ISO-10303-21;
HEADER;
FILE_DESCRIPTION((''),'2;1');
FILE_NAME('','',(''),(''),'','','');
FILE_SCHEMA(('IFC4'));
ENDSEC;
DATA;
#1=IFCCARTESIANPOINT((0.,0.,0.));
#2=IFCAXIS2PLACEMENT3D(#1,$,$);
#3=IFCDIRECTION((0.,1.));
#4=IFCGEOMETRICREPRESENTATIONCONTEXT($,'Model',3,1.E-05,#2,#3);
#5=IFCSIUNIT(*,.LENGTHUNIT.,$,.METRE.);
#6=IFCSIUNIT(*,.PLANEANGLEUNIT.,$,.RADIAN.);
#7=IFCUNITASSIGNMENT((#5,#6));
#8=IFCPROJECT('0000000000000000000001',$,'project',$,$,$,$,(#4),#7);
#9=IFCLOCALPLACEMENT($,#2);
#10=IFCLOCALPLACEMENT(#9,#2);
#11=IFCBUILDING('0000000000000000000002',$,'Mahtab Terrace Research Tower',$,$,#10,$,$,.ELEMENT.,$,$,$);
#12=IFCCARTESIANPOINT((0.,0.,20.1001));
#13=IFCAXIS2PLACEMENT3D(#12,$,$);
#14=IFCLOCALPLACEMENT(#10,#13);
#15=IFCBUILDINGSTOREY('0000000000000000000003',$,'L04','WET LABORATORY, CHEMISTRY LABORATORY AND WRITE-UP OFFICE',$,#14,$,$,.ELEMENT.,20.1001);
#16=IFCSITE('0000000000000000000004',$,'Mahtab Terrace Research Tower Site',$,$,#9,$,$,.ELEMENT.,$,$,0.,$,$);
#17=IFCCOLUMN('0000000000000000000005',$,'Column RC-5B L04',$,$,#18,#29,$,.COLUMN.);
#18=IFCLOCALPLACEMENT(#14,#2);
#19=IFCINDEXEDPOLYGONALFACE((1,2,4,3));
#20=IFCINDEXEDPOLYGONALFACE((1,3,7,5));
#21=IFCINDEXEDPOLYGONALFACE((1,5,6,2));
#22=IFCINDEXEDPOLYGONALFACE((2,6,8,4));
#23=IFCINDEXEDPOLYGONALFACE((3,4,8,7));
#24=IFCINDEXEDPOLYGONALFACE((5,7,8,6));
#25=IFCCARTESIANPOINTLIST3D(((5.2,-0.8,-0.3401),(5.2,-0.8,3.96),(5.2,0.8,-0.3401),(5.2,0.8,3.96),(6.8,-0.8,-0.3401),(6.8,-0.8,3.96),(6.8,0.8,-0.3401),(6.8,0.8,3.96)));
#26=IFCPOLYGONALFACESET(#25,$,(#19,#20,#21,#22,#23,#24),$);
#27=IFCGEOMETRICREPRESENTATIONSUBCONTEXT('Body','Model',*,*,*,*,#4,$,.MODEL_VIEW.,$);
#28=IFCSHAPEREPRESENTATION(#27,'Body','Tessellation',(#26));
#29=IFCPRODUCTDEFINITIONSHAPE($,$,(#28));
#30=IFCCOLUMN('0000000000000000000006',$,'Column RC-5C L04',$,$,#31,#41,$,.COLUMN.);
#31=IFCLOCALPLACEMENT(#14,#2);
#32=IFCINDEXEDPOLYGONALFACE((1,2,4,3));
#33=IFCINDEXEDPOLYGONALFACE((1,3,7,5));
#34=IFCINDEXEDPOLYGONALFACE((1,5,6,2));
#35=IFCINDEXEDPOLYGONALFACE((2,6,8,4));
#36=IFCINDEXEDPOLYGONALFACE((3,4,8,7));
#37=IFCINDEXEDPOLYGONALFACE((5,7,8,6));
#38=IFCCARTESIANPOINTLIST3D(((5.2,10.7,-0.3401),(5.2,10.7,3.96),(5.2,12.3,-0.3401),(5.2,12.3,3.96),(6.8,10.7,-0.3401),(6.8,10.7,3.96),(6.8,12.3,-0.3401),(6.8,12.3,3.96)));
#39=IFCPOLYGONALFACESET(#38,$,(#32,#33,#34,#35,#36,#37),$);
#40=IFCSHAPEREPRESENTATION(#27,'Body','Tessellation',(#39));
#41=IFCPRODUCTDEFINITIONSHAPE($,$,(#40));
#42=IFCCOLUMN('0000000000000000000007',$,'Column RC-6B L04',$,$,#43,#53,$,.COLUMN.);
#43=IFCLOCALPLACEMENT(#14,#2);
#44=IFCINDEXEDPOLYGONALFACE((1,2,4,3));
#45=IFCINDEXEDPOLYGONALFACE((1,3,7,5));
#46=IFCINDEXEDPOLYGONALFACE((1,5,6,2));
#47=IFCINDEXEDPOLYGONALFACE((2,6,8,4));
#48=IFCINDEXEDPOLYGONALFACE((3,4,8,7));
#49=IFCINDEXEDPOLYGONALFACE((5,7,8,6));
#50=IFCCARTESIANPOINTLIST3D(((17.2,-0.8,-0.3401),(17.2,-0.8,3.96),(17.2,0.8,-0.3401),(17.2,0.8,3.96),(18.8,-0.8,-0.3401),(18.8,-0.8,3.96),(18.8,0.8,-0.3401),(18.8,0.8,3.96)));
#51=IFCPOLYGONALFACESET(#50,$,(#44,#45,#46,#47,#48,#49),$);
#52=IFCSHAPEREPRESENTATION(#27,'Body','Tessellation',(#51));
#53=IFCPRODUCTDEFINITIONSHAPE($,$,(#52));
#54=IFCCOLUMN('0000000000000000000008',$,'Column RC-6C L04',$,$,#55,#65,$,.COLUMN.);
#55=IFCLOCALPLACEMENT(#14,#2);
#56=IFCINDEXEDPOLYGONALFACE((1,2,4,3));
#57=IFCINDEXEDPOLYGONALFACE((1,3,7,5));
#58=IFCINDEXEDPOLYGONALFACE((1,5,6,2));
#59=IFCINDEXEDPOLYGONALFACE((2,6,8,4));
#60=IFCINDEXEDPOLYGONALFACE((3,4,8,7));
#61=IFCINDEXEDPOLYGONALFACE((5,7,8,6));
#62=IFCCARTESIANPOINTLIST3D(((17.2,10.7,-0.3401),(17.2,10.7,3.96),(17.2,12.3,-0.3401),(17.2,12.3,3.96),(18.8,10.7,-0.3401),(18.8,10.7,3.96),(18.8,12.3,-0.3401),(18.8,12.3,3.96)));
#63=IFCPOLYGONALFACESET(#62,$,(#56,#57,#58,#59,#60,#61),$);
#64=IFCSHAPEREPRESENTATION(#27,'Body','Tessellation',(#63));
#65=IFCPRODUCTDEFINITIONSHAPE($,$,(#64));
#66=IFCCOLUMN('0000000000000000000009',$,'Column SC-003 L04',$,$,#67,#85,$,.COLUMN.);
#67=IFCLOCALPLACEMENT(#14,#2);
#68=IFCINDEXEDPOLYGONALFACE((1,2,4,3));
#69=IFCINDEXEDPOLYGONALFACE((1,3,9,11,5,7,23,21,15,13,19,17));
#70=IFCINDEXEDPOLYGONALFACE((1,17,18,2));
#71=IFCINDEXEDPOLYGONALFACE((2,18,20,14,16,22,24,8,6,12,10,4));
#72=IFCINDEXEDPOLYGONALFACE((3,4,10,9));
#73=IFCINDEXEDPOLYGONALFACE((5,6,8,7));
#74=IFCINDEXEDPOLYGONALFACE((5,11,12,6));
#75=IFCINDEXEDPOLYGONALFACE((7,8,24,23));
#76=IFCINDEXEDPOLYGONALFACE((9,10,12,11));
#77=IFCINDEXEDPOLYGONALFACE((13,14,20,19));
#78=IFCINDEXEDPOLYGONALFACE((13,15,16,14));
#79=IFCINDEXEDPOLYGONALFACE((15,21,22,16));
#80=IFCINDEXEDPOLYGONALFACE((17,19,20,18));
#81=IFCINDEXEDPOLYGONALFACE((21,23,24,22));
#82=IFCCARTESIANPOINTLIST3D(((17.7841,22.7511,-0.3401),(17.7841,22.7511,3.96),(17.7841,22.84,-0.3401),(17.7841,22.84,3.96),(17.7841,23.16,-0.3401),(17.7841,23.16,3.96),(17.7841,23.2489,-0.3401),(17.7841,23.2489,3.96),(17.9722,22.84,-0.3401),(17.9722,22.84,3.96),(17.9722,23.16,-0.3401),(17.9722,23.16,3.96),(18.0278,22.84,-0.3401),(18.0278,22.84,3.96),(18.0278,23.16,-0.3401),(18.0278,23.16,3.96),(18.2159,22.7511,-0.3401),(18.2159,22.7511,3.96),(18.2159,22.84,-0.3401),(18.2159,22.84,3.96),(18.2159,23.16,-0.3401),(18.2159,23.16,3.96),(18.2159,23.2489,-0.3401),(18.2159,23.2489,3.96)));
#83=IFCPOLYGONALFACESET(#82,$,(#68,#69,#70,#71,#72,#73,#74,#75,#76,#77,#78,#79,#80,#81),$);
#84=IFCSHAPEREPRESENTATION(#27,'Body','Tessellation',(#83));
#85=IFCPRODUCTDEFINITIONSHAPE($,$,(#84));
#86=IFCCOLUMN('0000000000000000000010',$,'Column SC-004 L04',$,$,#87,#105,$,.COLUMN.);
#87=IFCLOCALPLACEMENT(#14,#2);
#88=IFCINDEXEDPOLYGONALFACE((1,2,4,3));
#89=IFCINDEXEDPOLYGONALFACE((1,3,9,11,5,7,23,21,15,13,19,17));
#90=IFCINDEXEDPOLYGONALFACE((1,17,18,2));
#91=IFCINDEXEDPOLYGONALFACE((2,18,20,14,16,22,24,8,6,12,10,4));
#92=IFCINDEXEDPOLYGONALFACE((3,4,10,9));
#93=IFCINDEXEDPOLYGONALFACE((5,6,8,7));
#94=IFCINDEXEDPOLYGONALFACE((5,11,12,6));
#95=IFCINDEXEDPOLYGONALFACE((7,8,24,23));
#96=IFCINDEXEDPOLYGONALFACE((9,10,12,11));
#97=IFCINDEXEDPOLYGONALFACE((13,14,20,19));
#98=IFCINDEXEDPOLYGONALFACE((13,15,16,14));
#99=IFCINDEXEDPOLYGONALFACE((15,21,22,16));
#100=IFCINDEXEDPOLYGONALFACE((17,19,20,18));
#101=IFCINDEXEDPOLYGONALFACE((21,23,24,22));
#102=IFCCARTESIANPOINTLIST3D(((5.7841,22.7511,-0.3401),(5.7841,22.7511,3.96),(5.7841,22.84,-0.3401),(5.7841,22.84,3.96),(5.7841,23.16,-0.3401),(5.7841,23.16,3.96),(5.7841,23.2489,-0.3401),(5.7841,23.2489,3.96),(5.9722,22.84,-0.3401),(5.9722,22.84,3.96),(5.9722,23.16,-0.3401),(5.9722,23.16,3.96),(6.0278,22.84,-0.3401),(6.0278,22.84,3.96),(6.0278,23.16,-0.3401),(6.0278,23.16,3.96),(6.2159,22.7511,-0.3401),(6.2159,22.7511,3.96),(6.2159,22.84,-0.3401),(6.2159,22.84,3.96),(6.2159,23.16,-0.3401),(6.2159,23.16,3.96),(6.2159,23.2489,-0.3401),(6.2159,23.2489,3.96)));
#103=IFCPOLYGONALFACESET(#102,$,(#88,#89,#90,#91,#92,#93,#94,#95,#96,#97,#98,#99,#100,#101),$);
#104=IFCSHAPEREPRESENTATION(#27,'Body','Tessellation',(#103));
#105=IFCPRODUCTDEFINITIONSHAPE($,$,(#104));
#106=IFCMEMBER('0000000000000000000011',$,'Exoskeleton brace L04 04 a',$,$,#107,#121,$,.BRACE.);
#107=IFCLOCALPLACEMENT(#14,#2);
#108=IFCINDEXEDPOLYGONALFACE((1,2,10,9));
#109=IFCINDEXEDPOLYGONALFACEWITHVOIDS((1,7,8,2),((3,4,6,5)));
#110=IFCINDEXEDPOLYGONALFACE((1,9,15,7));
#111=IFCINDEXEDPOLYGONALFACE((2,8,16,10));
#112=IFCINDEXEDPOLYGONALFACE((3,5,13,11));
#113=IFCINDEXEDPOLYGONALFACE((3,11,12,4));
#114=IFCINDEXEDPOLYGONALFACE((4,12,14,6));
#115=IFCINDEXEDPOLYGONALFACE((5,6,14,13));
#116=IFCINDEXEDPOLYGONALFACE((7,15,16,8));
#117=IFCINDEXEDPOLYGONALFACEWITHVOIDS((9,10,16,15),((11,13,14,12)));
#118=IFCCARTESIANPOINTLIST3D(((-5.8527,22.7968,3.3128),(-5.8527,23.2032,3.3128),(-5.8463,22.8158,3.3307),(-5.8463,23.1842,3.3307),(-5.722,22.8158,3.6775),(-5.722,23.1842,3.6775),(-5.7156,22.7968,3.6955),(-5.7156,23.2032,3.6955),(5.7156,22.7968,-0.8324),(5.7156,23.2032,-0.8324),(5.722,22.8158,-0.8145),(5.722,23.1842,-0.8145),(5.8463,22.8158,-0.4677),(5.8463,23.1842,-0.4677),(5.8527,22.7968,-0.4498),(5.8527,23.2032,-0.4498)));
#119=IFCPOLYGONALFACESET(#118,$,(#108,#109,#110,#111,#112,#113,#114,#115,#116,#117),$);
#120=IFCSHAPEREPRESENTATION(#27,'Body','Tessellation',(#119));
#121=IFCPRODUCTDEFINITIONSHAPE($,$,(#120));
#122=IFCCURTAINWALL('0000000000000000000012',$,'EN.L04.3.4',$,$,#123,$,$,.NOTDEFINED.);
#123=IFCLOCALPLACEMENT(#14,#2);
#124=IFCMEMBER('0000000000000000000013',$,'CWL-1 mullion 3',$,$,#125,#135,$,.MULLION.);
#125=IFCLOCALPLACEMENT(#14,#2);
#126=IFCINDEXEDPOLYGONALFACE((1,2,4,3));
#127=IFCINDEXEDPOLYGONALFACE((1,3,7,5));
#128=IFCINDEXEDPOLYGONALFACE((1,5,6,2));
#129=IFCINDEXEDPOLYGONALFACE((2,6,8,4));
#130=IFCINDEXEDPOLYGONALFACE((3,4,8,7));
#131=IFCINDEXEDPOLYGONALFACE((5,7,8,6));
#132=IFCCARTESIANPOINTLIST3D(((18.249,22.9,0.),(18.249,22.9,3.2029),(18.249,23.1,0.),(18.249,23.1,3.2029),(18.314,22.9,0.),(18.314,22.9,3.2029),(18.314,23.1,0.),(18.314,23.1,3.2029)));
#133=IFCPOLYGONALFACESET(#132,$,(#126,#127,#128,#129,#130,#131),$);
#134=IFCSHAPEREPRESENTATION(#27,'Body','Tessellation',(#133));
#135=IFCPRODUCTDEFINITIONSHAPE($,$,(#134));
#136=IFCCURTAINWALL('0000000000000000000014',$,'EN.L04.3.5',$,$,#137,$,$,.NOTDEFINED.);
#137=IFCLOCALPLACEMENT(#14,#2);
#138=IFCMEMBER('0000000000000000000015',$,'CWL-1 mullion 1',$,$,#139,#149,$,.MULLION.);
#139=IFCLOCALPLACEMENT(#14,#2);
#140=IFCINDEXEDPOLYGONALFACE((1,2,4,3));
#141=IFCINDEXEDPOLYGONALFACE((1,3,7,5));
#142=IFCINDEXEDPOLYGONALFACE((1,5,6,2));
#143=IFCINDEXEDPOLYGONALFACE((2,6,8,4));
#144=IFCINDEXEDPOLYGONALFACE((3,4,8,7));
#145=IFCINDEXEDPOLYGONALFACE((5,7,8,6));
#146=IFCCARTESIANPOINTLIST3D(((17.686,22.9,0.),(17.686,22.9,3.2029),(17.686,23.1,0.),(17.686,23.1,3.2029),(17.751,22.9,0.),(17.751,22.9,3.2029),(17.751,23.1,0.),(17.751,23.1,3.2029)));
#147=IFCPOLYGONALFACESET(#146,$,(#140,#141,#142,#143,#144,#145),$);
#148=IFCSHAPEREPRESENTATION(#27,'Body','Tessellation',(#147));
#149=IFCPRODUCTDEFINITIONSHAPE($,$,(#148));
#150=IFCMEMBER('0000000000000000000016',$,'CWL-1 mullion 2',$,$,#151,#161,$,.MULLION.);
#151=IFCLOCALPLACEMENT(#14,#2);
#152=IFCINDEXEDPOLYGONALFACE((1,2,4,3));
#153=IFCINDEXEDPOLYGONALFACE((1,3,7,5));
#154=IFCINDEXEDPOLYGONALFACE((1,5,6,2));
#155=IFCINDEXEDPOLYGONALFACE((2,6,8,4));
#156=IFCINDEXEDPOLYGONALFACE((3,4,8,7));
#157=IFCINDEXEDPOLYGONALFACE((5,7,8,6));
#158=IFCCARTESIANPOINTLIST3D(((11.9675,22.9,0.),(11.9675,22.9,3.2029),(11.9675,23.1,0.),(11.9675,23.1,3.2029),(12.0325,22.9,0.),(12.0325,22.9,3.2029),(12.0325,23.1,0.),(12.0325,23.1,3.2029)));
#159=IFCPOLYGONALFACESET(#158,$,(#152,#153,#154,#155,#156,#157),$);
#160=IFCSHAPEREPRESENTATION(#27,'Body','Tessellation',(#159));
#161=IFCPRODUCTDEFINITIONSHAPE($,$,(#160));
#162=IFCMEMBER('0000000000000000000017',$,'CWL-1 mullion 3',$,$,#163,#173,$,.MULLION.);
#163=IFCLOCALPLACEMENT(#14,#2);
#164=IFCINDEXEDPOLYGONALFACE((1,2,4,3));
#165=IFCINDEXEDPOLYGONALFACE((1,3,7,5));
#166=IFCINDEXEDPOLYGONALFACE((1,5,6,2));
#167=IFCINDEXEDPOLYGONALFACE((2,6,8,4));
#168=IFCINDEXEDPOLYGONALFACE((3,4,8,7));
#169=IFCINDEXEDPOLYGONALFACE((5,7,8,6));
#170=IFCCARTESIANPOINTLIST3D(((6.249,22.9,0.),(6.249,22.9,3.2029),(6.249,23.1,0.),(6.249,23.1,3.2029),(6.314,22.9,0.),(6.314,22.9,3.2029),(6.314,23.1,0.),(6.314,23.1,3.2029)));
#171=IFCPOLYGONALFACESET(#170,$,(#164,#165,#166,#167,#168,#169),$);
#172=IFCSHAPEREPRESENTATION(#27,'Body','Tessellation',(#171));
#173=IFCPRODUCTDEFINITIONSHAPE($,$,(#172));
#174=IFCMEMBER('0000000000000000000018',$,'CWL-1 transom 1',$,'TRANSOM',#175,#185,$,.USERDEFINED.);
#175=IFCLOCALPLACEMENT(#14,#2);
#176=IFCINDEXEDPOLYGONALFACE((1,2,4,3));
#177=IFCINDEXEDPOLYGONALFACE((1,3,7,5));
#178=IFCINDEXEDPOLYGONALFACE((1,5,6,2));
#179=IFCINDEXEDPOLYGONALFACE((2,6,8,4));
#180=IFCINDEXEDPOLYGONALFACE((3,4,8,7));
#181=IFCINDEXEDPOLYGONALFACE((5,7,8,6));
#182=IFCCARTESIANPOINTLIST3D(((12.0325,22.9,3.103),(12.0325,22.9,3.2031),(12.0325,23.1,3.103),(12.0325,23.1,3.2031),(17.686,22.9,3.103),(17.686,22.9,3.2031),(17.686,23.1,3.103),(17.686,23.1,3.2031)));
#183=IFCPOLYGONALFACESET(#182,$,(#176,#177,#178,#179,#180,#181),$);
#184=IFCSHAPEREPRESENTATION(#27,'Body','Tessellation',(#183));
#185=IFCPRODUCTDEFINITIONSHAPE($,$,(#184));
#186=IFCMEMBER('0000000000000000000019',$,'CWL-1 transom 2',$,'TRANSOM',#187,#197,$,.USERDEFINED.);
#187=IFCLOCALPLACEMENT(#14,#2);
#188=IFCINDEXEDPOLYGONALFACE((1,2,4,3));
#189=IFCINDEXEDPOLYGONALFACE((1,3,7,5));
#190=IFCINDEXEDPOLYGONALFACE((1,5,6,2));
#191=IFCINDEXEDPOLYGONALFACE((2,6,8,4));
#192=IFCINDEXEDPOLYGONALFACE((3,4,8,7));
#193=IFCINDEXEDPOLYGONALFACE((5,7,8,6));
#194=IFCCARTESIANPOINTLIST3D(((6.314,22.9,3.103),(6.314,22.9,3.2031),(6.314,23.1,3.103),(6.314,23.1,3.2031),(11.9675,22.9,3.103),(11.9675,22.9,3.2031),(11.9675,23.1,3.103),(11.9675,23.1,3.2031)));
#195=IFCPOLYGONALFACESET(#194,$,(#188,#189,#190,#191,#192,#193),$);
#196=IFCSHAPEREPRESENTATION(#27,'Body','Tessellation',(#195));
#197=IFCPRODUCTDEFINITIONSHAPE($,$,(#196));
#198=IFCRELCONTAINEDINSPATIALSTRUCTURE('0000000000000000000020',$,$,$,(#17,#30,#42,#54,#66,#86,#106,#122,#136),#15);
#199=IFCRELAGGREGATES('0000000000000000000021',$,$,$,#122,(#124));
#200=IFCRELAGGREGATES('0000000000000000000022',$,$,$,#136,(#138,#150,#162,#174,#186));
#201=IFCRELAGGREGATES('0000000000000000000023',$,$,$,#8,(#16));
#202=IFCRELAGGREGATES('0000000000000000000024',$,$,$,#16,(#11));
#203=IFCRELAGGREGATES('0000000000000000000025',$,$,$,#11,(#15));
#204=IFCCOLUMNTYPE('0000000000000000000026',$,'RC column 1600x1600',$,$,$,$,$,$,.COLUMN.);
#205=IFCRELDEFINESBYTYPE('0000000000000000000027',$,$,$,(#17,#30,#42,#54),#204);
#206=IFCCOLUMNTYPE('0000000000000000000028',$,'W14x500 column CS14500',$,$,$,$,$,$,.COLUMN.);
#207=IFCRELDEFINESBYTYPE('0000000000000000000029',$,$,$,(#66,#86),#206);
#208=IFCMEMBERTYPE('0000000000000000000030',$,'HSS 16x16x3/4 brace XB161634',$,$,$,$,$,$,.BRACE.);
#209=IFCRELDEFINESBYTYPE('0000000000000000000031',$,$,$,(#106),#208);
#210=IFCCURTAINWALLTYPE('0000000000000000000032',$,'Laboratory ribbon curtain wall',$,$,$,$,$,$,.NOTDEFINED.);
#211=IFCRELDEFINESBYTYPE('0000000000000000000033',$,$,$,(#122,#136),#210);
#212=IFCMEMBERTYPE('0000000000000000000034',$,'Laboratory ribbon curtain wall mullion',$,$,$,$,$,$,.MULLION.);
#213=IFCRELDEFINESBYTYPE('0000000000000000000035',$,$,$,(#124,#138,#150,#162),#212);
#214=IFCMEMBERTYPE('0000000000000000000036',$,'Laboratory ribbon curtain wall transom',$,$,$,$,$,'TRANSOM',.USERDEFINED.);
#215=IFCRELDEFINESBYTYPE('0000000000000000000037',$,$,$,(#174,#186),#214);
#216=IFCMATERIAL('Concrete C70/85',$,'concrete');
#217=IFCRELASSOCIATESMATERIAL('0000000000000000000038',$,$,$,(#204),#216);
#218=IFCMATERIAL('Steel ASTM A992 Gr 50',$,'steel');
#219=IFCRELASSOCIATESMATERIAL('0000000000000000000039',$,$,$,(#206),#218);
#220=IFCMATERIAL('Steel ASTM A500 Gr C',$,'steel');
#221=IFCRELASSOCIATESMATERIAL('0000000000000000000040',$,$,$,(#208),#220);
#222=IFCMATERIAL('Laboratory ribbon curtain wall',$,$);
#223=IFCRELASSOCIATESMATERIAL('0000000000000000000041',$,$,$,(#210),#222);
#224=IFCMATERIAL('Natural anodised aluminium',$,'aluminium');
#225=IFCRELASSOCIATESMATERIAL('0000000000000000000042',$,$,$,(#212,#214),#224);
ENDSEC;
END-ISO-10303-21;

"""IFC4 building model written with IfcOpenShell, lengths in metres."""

from ifc_helpers import new_model, si_unit, direction, frame, origin, origin_2d, place, context, subcontext, project, spatial, rectangle, hollow_rectangle, i_section, extrude, material, material_profile, profile_set, type_object, element, aggregate, save


model = new_model("IFC4")

# Units and contexts
model_context = context("Model", 3, precision=1e-05, world=origin(), true_north=direction((0.0, 1.0)))
body_context = subcontext(model_context, "Body", "Model", "MODEL_VIEW")
ifc_project = project(units=[si_unit("LENGTHUNIT", "METRE"), si_unit("PLANEANGLEUNIT", "RADIAN")], contexts=[model_context])

# Site, building, storey
site_placement = place(None, origin())
site = spatial("IfcSite", under=ifc_project, at=site_placement, Name="Mahtab Terrace Research Tower Site", CompositionType="ELEMENT", RefElevation=0.0)
building_placement = place(site_placement, origin())
building = spatial("IfcBuilding", under=site, at=building_placement, Name="Mahtab Terrace Research Tower", CompositionType="ELEMENT")
storey_placement = place(building_placement, frame((0.0, 0.0, 20.1001)))
storey = spatial("IfcBuildingStorey", under=building, at=storey_placement, Name="L04", Description="WET LABORATORY, CHEMISTRY LABORATORY AND WRITE-UP OFFICE", CompositionType="ELEMENT", Elevation=20.1001)

# Columns
ifc_material_1 = material(Name="Concrete C70/85", Category="concrete")
ifc_material_profile_1 = material_profile(ifc_material_1, rectangle(XDim=1.6001, YDim=1.6001, at=origin_2d()), Name="RC column 1600x1600")
ifc_profile_set_1 = profile_set([ifc_material_profile_1], Name="Concrete C70/85")
column_type_1 = type_object("IfcColumnType", Name="RC column 1600x1600", PredefinedType="COLUMN", material=ifc_profile_set_1)
for number, where, z_axis, x_axis, name in (
    (1, (6.0, 0.0, -0.3401), (0.0, 0.0, 1.0), (1.0, 0.0, 0.0), "Column RC-5B L04"),
    (2, (6.0, 11.5, -0.3401), (0.0, 0.0, 1.0), (1.0, 0.0, 0.0), "Column RC-5C L04"),
    (3, (18.0, 0.0, -0.3401), (0.0, 0.0, 1.0), (1.0, 0.0, 0.0), "Column RC-6B L04"),
    (4, (18.0, 11.5, -0.3401), (0.0, 0.0, 1.0), (1.0, 0.0, 0.0), "Column RC-6C L04"),
):
    element("IfcColumn", number, at=place(storey_placement, frame(where, z_axis=z_axis, x_axis=x_axis)), inside=storey, type_object=column_type_1, Name=name, PredefinedType="COLUMN", context=body_context, shape_type="SweptSolid", body=[
        extrude(rectangle(XDim=1.6001, YDim=1.6001, at=origin_2d()), origin(), (0.0, 0.0, 1.0), 4.3),
    ])
ifc_material_2 = material(Name="Steel ASTM A992 Gr 50", Category="steel")
ifc_material_profile_2 = material_profile(ifc_material_2, i_section(OverallWidth=0.4319, OverallDepth=0.4978, WebThickness=0.0557, FlangeThickness=0.0889, at=origin_2d()), Name="W14X500")
ifc_profile_set_2 = profile_set([ifc_material_profile_2], Name="Steel ASTM A992 Gr 50")
column_type_2 = type_object("IfcColumnType", Name="W14x500 column CS14500", PredefinedType="COLUMN", material=ifc_profile_set_2)
for number, where, z_axis, x_axis, name in (
    (5, (18.0, 23.0, -0.3401), (0.0, 0.0, 1.0), (1.0, 0.0, 0.0), "Column SC-003 L04"),
    (6, (6.0, 23.0, -0.3401), (0.0, 0.0, 1.0), (1.0, 0.0, 0.0), "Column SC-004 L04"),
):
    element("IfcColumn", number, at=place(storey_placement, frame(where, z_axis=z_axis, x_axis=x_axis)), inside=storey, type_object=column_type_2, Name=name, PredefinedType="COLUMN", context=body_context, shape_type="SweptSolid", body=[
        extrude(i_section(OverallWidth=0.4319, OverallDepth=0.4978, WebThickness=0.0557, FlangeThickness=0.0889, at=origin_2d()), origin(), (0.0, 0.0, 1.0), 4.3),
    ])

# Member
ifc_material_3 = material(Name="Steel ASTM A500 Gr C", Category="steel")
ifc_material_profile_3 = material_profile(ifc_material_3, hollow_rectangle(XDim=0.4065, YDim=0.4065, WallThickness=0.019, at=origin_2d()), Name="HSS16X16X3/4")
ifc_profile_set_3 = profile_set([ifc_material_profile_3], Name="Steel ASTM A500 Gr C")
member_type_1 = type_object("IfcMemberType", Name="HSS 16x16x3/4 brace XB161634", PredefinedType="BRACE", material=ifc_profile_set_3)
member_1_placement = place(storey_placement, frame((5.7842, 23.0, -0.6411), z_axis=(-0.941388, 0.0, 0.337325), x_axis=(0.0, -1.0, 0.0)))
element("IfcMember", 7, at=member_1_placement, inside=storey, type_object=member_type_1, Name="Exoskeleton brace L04 04 a", PredefinedType="BRACE", context=body_context, shape_type="SweptSolid", body=[
    extrude(hollow_rectangle(XDim=0.4065, YDim=0.4065, WallThickness=0.019, at=origin_2d()), origin(), (0.0, 0.0, 1.0), 12.2886),
])

# Curtain wall, member
ifc_material_4 = material(Name="Laboratory ribbon curtain wall")
curtain_wall_type = type_object("IfcCurtainWallType", Name="Laboratory ribbon curtain wall", PredefinedType="NOTDEFINED", material=ifc_material_4)
curtain_wall_1_placement = place(storey_placement, origin())
curtain_wall_1 = element("IfcCurtainWall", 8, at=curtain_wall_1_placement, inside=storey, type_object=curtain_wall_type, Name="EN.L04.3.4", PredefinedType="NOTDEFINED")
ifc_material_5 = material(Name="Natural anodised aluminium", Category="aluminium")
ifc_material_profile_4 = material_profile(ifc_material_5, rectangle(XDim=0.2, YDim=0.0649, at=origin_2d()), Name="MULLION 65x200")
ifc_profile_set_4 = profile_set([ifc_material_profile_4], Name="Natural anodised aluminium")
member_type_2 = type_object("IfcMemberType", Name="Laboratory ribbon curtain wall mullion", PredefinedType="MULLION", material=ifc_profile_set_4)
member_2_placement = place(storey_placement, frame((18.2815, 23.0, 0.0), z_axis=(0.0, 0.0, 1.0), x_axis=(0.0, -1.0, 0.0)))
member_2 = element("IfcMember", 9, at=member_2_placement, type_object=member_type_2, Name="CWL-1 mullion 3", PredefinedType="MULLION", context=body_context, shape_type="SweptSolid", body=[
    extrude(rectangle(XDim=0.2, YDim=0.0649, at=origin_2d()), origin(), (0.0, 0.0, 1.0), 3.2029),
])
aggregate(curtain_wall_1, [member_2])

# Curtain wall, members
curtain_wall_2_placement = place(storey_placement, origin())
curtain_wall_2 = element("IfcCurtainWall", 10, at=curtain_wall_2_placement, inside=storey, type_object=curtain_wall_type, Name="EN.L04.3.5", PredefinedType="NOTDEFINED")
member_3_placement = place(storey_placement, frame((17.7185, 23.0, 0.0), z_axis=(0.0, 0.0, 1.0), x_axis=(0.0, -1.0, 0.0)))
member_3 = element("IfcMember", 11, at=member_3_placement, type_object=member_type_2, Name="CWL-1 mullion 1", PredefinedType="MULLION", context=body_context, shape_type="SweptSolid", body=[
    extrude(rectangle(XDim=0.2, YDim=0.0649, at=origin_2d()), origin(), (0.0, 0.0, 1.0), 3.2029),
])
member_4_placement = place(storey_placement, frame((12.0, 23.0, 0.0), z_axis=(0.0, 0.0, 1.0), x_axis=(0.0, -1.0, 0.0)))
member_4 = element("IfcMember", 12, at=member_4_placement, type_object=member_type_2, Name="CWL-1 mullion 2", PredefinedType="MULLION", context=body_context, shape_type="SweptSolid", body=[
    extrude(rectangle(XDim=0.2, YDim=0.0649, at=origin_2d()), origin(), (0.0, 0.0, 1.0), 3.2029),
])
member_5_placement = place(storey_placement, frame((6.2815, 23.0, 0.0), z_axis=(0.0, 0.0, 1.0), x_axis=(0.0, -1.0, 0.0)))
member_5 = element("IfcMember", 13, at=member_5_placement, type_object=member_type_2, Name="CWL-1 mullion 3", PredefinedType="MULLION", context=body_context, shape_type="SweptSolid", body=[
    extrude(rectangle(XDim=0.2, YDim=0.0649, at=origin_2d()), origin(), (0.0, 0.0, 1.0), 3.2029),
])
ifc_material_profile_5 = material_profile(ifc_material_5, rectangle(XDim=0.2, YDim=0.1001, at=origin_2d()), Name="TRANSOM 100x200")
ifc_profile_set_5 = profile_set([ifc_material_profile_5], Name="Natural anodised aluminium")
member_type_3 = type_object("IfcMemberType", Name="Laboratory ribbon curtain wall transom", ElementType="TRANSOM", PredefinedType="USERDEFINED", material=ifc_profile_set_5)
member_6_placement = place(storey_placement, frame((17.686, 23.0, 3.1531), z_axis=(-1.0, 0.0, 0.0), x_axis=(0.0, -1.0, 0.0)))
member_6 = element("IfcMember", 14, at=member_6_placement, type_object=member_type_3, Name="CWL-1 transom 1", ObjectType="TRANSOM", PredefinedType="USERDEFINED", context=body_context, shape_type="SweptSolid", body=[
    extrude(rectangle(XDim=0.2, YDim=0.1001, at=origin_2d()), origin(), (0.0, 0.0, 1.0), 5.6536),
])
member_7_placement = place(storey_placement, frame((11.9675, 23.0, 3.1531), z_axis=(-1.0, 0.0, 0.0), x_axis=(0.0, -1.0, 0.0)))
member_7 = element("IfcMember", 15, at=member_7_placement, type_object=member_type_3, Name="CWL-1 transom 2", ObjectType="TRANSOM", PredefinedType="USERDEFINED", context=body_context, shape_type="SweptSolid", body=[
    extrude(rectangle(XDim=0.2, YDim=0.1001, at=origin_2d()), origin(), (0.0, 0.0, 1.0), 5.6536),
])

aggregate(curtain_wall_2, [member_3, member_4, member_5, member_6, member_7])

save(model, "model.ifc")
